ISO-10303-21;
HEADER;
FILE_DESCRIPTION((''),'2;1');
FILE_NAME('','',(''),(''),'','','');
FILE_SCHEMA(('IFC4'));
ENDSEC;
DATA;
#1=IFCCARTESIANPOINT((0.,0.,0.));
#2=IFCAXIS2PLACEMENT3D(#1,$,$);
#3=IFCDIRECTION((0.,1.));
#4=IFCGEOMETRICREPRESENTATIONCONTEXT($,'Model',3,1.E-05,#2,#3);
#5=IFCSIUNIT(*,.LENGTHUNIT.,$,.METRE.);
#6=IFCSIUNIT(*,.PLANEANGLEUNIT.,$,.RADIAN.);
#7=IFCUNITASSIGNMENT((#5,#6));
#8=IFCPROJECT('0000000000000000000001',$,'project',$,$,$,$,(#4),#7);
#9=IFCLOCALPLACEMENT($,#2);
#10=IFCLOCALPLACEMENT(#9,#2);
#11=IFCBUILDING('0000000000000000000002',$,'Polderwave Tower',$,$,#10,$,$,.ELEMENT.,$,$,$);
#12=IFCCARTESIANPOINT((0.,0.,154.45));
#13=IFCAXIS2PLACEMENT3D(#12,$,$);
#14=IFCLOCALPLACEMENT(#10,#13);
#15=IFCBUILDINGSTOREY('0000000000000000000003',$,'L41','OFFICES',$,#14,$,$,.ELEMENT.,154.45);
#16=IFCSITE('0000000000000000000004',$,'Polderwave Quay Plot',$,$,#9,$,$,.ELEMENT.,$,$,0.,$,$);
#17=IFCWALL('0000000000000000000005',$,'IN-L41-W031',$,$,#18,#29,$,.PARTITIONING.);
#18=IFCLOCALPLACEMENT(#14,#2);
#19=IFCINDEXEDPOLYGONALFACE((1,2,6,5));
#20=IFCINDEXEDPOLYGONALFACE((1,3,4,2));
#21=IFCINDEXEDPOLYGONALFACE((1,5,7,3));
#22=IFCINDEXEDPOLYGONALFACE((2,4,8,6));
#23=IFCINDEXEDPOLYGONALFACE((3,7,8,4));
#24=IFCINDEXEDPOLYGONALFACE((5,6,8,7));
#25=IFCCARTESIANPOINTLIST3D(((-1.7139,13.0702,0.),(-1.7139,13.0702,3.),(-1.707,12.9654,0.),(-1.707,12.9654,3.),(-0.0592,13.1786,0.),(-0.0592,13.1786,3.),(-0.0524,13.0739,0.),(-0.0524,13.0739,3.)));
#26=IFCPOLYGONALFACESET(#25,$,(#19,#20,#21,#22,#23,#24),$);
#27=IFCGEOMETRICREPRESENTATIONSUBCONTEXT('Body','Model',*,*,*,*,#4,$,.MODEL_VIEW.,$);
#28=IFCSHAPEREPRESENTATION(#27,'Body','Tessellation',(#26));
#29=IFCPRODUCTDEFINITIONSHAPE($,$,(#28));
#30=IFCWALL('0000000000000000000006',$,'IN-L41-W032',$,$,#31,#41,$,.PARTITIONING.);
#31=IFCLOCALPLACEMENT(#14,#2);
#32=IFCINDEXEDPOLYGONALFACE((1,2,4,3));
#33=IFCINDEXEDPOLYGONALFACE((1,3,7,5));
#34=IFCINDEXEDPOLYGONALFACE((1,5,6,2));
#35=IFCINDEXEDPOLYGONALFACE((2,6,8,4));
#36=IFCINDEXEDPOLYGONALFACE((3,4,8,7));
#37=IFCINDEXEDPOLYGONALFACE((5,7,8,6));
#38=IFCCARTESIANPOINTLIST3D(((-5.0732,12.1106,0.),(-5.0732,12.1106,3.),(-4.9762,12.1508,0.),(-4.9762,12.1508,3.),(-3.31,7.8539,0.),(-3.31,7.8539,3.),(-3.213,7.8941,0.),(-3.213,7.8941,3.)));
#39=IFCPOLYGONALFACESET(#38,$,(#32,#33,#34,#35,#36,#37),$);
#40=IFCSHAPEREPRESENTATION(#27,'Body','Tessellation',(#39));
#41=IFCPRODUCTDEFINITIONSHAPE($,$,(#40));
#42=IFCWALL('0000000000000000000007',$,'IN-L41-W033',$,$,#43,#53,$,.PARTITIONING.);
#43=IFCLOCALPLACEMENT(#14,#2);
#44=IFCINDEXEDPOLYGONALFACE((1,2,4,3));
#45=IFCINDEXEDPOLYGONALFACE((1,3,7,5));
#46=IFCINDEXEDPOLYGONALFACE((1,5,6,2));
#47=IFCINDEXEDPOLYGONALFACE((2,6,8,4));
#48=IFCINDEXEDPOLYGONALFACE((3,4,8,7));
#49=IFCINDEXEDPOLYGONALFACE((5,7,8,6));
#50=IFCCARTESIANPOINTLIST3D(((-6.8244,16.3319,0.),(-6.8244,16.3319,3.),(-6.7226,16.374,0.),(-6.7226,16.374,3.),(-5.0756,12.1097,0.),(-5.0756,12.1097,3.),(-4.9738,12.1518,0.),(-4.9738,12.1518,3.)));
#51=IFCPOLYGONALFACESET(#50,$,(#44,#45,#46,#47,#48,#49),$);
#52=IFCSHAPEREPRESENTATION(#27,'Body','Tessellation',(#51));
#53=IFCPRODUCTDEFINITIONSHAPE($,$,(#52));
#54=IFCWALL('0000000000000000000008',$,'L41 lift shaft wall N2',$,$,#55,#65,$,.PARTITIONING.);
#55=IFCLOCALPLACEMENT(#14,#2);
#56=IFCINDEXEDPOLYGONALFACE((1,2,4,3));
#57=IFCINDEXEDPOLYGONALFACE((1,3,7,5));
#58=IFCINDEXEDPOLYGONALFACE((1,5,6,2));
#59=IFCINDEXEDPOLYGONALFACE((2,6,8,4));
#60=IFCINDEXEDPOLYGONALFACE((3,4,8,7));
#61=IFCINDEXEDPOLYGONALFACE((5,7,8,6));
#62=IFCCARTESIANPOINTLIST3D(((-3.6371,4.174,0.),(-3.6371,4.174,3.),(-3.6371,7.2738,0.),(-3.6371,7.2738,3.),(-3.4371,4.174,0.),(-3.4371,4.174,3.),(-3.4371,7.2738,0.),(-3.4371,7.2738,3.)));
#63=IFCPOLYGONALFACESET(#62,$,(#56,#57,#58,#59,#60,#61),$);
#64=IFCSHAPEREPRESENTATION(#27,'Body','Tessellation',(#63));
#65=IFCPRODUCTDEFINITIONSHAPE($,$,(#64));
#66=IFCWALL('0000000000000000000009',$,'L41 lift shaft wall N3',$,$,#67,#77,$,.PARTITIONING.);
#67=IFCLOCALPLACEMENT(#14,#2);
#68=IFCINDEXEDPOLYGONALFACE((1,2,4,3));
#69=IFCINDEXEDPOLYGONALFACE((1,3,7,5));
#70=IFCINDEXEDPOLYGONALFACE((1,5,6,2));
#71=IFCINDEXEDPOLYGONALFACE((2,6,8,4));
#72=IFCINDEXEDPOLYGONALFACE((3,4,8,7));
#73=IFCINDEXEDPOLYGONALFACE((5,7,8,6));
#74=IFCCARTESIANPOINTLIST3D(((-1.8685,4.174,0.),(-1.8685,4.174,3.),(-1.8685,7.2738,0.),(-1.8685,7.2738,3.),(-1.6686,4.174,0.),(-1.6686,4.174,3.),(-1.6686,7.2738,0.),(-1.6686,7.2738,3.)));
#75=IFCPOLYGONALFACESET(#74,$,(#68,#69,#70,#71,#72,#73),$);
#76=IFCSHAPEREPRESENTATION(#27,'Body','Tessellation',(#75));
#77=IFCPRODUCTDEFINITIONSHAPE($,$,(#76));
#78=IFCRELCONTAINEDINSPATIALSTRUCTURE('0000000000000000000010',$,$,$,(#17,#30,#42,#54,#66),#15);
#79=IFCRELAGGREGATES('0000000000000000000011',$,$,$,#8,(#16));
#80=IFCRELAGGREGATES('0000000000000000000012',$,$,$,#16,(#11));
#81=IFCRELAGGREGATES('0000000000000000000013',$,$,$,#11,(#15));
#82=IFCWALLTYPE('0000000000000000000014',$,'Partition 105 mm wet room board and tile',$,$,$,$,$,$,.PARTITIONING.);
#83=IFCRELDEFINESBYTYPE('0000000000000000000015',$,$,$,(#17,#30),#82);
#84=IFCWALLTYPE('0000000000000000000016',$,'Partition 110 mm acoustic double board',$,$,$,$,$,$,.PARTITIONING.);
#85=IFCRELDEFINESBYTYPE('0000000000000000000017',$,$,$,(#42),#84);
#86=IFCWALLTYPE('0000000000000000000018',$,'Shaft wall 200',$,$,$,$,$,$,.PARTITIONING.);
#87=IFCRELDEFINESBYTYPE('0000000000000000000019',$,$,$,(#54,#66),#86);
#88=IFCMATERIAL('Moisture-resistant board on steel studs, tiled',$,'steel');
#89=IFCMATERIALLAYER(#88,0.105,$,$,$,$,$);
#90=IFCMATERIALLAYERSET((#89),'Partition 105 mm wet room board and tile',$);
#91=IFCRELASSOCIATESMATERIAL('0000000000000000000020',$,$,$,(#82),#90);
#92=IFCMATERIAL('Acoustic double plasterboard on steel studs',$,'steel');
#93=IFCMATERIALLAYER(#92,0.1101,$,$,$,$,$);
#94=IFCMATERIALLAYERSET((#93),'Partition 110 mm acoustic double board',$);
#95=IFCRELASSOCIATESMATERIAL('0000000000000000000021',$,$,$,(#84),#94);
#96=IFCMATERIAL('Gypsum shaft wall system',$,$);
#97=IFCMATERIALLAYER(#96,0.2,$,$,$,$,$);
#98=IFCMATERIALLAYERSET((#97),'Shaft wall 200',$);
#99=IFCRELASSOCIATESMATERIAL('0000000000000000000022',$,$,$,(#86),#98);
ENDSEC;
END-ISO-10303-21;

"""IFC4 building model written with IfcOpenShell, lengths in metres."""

from ifc_helpers import new_model, si_unit, direction, frame, frame_2d, origin, place, context, subcontext, project, spatial, rectangle, extrude, material, layer, layer_set, type_object, element, save


model = new_model("IFC4")

# Units and contexts
model_context = context("Model", 3, precision=1e-05, world=origin(), true_north=direction((0.0, 1.0)))
body_context = subcontext(model_context, "Body", "Model", "MODEL_VIEW")
ifc_project = project(units=[si_unit("LENGTHUNIT", "METRE"), si_unit("PLANEANGLEUNIT", "RADIAN")], contexts=[model_context])

# Site, building, storey
site_placement = place(None, origin())
site = spatial("IfcSite", under=ifc_project, at=site_placement, Name="Polderwave Quay Plot", CompositionType="ELEMENT", RefElevation=0.0)
building_placement = place(site_placement, origin())
building = spatial("IfcBuilding", under=site, at=building_placement, Name="Polderwave Tower", CompositionType="ELEMENT")
storey_placement = place(building_placement, frame((0.0, 0.0, 154.45)))
storey = spatial("IfcBuildingStorey", under=building, at=storey_placement, Name="L41", Description="OFFICES", CompositionType="ELEMENT", Elevation=154.45)

# Walls
ifc_material_1 = material(Name="Moisture-resistant board on steel studs, tiled", Category="steel")
ifc_layer_1 = layer(ifc_material_1, 0.105)
ifc_layer_set_1 = layer_set([ifc_layer_1], Name="Partition 105 mm wet room board and tile")
wall_type_1 = type_object("IfcWallType", Name="Partition 105 mm wet room board and tile", PredefinedType="PARTITIONING", material=ifc_layer_set_1)
wall_1_placement = place(storey_placement, frame((-1.7104, 13.0178, 0.0), z_axis=(0.0, 0.0, 1.0), x_axis=(0.997861, 0.065376, 0.0)))
element("IfcWall", 1, at=wall_1_placement, inside=storey, type_object=wall_type_1, Name="IN-L41-W031", PredefinedType="PARTITIONING", context=body_context, shape_type="SweptSolid", body=[
    extrude(rectangle(XDim=1.6582, YDim=0.105, at=frame_2d((0.8291, 0.0))), origin(), (0.0, 0.0, 1.0), 3.0),
])
wall_2_placement = place(storey_placement, frame((-3.2615, 7.874, 0.0), z_axis=(0.0, 0.0, 1.0), x_axis=(-0.382692, 0.923876, 0.0)))
element("IfcWall", 2, at=wall_2_placement, inside=storey, type_object=wall_type_1, Name="IN-L41-W032", PredefinedType="PARTITIONING", context=body_context, shape_type="SweptSolid", body=[
    extrude(rectangle(XDim=4.6074, YDim=0.105, at=frame_2d((2.3037, 0.0))), origin(), (0.0, 0.0, 1.0), 3.0),
])
ifc_material_2 = material(Name="Acoustic double plasterboard on steel studs", Category="steel")
ifc_layer_2 = layer(ifc_material_2, 0.1101)
ifc_layer_set_2 = layer_set([ifc_layer_2], Name="Partition 110 mm acoustic double board")
wall_type_2 = type_object("IfcWallType", Name="Partition 110 mm acoustic double board", PredefinedType="PARTITIONING", material=ifc_layer_set_2)
wall_3_placement = place(storey_placement, frame((-5.0247, 12.1306, 0.0), z_axis=(0.0, 0.0, 1.0), x_axis=(-0.382665, 0.923887, 0.0)))
element("IfcWall", 3, at=wall_3_placement, inside=storey, type_object=wall_type_2, Name="IN-L41-W033", PredefinedType="PARTITIONING", context=body_context, shape_type="SweptSolid", body=[
    extrude(rectangle(XDim=4.5701, YDim=0.1101, at=frame_2d((2.2852, 0.0))), origin(), (0.0, 0.0, 1.0), 3.0),
])
ifc_material_3 = material(Name="Gypsum shaft wall system")
ifc_layer_3 = layer(ifc_material_3, 0.2)
ifc_layer_set_3 = layer_set([ifc_layer_3], Name="Shaft wall 200")
wall_type_3 = type_object("IfcWallType", Name="Shaft wall 200", PredefinedType="PARTITIONING", material=ifc_layer_set_3)
for number, where, z_axis, x_axis, name in (
    (4, (-3.5371, 4.1741, 0.0), (0.0, 0.0, 1.0), (0.0, 1.0, 0.0), "L41 lift shaft wall N2"),
    (5, (-1.7686, 4.1741, 0.0), (0.0, 0.0, 1.0), (0.0, 1.0, 0.0), "L41 lift shaft wall N3"),
):
    element("IfcWall", number, at=place(storey_placement, frame(where, z_axis=z_axis, x_axis=x_axis)), inside=storey, type_object=wall_type_3, Name=name, PredefinedType="PARTITIONING", context=body_context, shape_type="SweptSolid", body=[
        extrude(rectangle(XDim=3.0999, YDim=0.2, at=frame_2d((1.5498, 0.0))), origin(), (0.0, 0.0, 1.0), 3.0),
    ])

save(model, "model.ifc")
